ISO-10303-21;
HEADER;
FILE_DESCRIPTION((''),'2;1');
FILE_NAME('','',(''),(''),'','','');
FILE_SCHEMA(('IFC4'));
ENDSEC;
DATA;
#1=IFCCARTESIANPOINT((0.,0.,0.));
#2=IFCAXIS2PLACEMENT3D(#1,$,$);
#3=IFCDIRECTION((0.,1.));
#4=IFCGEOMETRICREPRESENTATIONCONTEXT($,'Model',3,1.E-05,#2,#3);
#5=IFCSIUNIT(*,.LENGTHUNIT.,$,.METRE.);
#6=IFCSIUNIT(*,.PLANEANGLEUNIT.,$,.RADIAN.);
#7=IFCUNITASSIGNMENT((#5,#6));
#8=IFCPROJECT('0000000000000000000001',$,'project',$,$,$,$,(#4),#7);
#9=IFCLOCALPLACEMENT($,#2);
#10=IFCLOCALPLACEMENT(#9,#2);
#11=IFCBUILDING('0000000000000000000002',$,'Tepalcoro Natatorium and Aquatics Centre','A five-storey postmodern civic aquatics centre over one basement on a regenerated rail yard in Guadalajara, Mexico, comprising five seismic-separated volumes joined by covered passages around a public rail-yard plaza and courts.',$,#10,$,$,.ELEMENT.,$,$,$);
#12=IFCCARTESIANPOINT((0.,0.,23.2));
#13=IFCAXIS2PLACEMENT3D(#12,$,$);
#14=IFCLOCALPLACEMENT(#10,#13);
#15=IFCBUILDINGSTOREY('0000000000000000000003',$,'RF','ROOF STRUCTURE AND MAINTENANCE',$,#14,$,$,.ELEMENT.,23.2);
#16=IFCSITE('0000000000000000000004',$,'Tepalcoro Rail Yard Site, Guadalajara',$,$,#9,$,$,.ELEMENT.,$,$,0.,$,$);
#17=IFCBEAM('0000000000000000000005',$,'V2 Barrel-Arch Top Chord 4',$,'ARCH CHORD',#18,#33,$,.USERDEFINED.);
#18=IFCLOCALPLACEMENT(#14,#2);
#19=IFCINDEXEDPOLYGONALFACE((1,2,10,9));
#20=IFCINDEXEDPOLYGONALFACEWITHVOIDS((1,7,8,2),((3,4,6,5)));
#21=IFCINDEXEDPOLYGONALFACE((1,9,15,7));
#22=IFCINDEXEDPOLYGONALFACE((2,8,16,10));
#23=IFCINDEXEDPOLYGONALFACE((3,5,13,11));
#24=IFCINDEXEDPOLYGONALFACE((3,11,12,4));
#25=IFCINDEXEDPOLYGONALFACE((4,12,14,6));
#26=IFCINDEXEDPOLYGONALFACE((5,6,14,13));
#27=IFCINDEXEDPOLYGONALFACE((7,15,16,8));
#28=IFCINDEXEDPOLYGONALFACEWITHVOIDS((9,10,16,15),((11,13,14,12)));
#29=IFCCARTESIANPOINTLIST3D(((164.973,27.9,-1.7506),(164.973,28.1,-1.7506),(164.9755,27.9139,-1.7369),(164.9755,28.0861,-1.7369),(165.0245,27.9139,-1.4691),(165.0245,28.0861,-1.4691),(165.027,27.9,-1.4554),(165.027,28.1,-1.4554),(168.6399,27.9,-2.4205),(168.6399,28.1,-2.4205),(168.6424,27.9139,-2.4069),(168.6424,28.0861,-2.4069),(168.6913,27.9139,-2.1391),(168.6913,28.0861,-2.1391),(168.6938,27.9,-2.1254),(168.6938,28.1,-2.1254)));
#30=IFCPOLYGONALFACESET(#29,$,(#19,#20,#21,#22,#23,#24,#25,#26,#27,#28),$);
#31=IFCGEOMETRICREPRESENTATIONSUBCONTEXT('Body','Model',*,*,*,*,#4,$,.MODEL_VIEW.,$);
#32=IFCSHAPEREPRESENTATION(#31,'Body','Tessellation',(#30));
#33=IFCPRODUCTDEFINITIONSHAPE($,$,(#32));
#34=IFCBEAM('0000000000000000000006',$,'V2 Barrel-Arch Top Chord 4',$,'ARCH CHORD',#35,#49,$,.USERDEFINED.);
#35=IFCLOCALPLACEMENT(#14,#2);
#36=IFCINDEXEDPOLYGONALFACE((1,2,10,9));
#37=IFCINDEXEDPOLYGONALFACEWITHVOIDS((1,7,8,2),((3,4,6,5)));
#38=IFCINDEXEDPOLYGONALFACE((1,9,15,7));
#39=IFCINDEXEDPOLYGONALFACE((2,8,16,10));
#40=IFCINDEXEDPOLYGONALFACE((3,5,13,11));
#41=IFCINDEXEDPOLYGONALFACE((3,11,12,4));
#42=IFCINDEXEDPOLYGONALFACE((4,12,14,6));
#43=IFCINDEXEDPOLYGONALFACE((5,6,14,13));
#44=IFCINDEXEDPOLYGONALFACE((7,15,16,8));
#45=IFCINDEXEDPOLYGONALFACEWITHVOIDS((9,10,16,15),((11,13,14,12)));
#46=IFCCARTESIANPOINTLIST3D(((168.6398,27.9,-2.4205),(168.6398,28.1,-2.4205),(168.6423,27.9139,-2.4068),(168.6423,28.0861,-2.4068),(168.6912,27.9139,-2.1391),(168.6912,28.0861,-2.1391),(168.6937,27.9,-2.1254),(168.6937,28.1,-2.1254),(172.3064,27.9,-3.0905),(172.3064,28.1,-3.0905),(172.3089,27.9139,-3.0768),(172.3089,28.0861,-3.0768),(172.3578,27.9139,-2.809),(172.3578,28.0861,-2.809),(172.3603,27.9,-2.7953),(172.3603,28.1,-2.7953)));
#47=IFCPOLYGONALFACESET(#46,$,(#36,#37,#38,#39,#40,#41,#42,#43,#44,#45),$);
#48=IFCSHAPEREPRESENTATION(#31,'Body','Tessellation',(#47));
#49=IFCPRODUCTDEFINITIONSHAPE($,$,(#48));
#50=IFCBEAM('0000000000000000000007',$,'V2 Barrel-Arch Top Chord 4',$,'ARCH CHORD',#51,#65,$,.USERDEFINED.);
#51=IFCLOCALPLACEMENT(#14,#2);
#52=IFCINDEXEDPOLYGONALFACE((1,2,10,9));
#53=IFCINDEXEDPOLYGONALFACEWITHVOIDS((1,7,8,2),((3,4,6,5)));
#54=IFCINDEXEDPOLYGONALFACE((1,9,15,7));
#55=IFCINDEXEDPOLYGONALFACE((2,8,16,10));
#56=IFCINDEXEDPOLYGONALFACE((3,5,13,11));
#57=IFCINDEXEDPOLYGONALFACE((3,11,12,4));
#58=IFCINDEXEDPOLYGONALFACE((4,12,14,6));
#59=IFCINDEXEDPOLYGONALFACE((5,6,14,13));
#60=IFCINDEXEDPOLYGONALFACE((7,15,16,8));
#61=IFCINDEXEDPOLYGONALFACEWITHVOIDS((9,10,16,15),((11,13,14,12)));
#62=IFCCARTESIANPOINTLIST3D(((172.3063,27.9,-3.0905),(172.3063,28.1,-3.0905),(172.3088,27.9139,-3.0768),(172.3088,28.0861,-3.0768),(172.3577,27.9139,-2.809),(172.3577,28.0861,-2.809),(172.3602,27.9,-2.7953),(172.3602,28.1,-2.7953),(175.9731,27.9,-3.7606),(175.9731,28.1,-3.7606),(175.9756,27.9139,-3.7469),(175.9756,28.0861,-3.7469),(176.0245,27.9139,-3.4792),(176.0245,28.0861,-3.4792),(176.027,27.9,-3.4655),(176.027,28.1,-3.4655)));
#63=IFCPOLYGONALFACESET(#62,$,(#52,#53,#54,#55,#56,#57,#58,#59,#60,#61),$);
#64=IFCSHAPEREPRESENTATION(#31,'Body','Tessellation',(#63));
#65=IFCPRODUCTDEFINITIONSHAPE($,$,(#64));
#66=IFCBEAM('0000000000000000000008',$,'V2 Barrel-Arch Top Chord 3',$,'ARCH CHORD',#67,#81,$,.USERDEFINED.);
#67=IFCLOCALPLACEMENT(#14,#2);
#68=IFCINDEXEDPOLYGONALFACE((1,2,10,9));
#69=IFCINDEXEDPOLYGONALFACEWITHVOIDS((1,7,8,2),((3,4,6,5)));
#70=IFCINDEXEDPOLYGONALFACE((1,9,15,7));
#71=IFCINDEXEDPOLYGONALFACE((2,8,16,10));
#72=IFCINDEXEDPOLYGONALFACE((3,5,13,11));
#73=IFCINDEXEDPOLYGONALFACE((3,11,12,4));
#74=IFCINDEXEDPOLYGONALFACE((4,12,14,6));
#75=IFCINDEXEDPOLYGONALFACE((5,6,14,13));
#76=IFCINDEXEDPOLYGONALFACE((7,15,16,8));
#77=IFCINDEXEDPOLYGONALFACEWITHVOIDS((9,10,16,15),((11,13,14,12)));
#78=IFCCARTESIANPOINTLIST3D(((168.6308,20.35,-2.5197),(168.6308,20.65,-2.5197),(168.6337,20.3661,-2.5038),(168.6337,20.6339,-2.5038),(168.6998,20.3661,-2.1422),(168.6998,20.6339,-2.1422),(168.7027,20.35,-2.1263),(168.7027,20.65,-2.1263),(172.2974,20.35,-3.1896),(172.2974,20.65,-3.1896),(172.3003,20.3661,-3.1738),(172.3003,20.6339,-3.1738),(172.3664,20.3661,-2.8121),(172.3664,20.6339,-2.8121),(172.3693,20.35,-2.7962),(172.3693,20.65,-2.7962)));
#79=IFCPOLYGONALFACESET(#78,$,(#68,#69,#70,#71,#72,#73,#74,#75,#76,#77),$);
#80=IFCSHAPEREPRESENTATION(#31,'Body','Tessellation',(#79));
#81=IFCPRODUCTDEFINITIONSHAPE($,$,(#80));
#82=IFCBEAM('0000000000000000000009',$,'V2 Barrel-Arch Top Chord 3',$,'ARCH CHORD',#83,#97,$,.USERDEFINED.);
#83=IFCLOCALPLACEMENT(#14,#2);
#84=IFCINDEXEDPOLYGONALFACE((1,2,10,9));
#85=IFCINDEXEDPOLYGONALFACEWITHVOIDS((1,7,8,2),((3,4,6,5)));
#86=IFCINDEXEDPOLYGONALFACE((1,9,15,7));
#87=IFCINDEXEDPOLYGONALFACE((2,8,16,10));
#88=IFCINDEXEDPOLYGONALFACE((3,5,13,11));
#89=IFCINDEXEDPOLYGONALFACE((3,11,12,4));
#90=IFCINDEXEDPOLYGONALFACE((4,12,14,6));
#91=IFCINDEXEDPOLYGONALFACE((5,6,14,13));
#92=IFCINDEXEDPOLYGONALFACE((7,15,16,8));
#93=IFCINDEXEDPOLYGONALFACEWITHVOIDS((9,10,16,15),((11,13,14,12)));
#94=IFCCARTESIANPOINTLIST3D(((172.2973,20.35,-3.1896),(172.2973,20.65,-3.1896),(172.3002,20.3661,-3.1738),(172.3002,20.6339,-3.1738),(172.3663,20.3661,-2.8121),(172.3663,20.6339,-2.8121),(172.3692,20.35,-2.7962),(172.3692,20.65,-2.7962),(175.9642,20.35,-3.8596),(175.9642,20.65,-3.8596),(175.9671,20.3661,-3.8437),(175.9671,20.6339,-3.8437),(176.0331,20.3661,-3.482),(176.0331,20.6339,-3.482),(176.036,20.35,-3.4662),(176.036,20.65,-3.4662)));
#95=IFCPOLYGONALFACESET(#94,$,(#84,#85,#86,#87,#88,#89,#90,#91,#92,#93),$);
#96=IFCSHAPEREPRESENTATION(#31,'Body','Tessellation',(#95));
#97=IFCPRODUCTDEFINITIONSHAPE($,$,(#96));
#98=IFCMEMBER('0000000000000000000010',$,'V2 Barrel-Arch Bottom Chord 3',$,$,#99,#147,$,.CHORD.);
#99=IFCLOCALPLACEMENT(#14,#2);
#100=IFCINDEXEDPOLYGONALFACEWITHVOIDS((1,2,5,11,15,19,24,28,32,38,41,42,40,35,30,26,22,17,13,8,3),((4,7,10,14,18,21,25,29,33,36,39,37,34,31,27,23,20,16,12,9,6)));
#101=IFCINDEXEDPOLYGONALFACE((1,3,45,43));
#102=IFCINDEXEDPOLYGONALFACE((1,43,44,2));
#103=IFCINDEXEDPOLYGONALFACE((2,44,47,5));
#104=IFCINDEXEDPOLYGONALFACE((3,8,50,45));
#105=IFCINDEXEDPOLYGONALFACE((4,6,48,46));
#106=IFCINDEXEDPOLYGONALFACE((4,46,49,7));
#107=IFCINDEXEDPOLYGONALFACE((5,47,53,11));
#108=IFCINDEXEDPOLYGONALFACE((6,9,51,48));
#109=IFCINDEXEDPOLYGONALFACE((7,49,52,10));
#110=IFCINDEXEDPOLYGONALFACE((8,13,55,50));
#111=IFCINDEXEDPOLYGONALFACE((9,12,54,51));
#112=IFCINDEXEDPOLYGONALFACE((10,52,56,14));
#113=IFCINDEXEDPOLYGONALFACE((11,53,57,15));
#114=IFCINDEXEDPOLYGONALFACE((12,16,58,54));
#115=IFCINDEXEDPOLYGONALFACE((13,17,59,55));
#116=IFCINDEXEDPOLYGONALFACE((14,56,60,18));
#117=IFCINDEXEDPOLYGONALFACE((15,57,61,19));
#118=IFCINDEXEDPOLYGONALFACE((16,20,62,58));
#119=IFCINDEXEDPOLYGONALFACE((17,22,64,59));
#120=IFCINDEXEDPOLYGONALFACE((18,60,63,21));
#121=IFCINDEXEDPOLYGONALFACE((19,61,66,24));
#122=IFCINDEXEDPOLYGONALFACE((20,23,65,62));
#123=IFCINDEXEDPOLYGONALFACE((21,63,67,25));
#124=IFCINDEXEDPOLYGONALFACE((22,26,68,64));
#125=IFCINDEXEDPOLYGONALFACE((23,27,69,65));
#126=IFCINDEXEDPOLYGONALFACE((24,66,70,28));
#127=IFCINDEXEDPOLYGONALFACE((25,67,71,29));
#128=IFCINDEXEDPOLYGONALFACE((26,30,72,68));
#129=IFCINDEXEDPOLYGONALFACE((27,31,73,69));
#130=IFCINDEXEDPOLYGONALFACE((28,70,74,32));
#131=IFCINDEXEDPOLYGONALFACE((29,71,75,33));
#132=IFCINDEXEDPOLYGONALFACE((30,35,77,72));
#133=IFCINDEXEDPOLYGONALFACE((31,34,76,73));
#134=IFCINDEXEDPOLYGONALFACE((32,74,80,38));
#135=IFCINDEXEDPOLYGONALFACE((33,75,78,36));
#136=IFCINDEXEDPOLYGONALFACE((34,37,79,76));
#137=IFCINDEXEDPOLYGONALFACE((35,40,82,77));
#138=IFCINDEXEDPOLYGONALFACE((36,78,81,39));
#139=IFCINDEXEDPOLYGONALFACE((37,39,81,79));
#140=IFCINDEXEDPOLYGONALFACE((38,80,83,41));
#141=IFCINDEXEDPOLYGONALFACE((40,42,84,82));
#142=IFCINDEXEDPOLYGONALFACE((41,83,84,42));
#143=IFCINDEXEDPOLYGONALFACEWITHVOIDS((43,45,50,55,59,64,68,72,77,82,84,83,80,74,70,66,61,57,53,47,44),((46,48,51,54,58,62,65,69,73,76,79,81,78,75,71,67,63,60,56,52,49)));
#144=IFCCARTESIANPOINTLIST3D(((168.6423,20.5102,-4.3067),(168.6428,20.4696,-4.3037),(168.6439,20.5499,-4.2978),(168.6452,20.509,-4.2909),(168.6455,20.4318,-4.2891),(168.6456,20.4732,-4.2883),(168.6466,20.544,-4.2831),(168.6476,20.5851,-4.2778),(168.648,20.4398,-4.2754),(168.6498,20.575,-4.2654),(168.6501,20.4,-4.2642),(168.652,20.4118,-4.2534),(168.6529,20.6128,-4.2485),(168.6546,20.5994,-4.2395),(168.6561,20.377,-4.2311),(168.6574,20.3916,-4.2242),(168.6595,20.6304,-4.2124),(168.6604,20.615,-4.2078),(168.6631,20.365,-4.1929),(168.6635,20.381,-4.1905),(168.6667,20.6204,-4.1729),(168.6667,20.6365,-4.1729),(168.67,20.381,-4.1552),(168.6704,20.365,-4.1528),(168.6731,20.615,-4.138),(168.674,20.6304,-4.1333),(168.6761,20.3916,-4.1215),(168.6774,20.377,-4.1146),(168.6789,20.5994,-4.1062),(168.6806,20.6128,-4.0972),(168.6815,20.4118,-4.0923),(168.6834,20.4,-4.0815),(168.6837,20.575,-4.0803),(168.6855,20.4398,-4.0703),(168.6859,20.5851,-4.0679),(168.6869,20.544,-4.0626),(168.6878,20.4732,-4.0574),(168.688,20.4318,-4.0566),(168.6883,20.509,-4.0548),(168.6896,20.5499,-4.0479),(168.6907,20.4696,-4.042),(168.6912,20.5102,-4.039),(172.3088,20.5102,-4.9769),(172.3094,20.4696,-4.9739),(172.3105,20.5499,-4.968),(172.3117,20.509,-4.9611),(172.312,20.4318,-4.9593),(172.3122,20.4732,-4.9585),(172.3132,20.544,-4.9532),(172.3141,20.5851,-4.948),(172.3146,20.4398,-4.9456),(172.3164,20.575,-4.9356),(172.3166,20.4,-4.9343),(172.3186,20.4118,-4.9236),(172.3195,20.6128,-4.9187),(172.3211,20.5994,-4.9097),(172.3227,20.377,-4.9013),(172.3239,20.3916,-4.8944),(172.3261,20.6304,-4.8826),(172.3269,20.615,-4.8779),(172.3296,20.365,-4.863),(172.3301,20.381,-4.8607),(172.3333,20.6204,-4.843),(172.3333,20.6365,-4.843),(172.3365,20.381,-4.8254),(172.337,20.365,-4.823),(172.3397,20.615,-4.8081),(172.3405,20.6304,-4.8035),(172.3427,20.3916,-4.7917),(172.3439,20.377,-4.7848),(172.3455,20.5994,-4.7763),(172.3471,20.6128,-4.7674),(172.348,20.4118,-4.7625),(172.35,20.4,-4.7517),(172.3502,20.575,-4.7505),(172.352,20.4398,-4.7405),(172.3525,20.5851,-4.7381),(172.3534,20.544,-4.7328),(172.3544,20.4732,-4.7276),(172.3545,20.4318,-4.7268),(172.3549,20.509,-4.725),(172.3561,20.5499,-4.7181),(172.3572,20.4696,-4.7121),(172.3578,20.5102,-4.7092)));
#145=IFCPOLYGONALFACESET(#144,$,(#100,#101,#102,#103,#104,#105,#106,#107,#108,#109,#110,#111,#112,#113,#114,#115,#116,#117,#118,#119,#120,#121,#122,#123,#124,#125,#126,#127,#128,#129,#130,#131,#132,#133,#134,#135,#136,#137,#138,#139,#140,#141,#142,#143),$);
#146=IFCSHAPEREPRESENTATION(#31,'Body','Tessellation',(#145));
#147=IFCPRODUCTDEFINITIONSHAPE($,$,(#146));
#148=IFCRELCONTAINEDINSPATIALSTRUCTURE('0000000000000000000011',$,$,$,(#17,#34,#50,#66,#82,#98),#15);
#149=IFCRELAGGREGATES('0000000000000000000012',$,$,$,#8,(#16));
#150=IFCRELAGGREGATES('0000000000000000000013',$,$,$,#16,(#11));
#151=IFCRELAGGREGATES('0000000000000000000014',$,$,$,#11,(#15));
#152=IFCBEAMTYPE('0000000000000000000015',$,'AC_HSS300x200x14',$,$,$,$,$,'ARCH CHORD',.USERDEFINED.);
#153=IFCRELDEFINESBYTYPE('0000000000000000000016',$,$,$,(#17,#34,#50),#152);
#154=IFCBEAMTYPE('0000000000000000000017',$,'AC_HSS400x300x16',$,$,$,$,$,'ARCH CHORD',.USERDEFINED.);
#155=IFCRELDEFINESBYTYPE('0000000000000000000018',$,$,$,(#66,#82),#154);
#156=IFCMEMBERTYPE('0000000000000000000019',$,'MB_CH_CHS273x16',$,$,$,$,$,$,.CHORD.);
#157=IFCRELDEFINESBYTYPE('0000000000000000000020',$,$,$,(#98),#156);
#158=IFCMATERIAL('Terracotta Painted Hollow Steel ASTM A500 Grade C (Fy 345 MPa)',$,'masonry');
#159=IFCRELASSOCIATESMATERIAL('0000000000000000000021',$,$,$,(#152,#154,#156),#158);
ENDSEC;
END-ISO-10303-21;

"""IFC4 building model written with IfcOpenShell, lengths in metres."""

from ifc_helpers import new_model, si_unit, direction, frame, origin, origin_2d, place, context, subcontext, project, spatial, hollow_rectangle, hollow_circle, extrude, material, material_profile, profile_set, type_object, element, save


model = new_model("IFC4")

# Units and contexts
model_context = context("Model", 3, precision=1e-05, world=origin(), true_north=direction((0.0, 1.0)))
body_context = subcontext(model_context, "Body", "Model", "MODEL_VIEW")
ifc_project = project(units=[si_unit("LENGTHUNIT", "METRE"), si_unit("PLANEANGLEUNIT", "RADIAN")], contexts=[model_context])

# Site, building, storey
site_placement = place(None, origin())
site = spatial("IfcSite", under=ifc_project, at=site_placement, Name="Tepalcoro Rail Yard Site, Guadalajara", CompositionType="ELEMENT", RefElevation=0.0)
building_placement = place(site_placement, origin())
building = spatial("IfcBuilding", under=site, at=building_placement, Name="Tepalcoro Natatorium and Aquatics Centre", Description="A five-storey postmodern civic aquatics centre over one basement on a regenerated rail yard in Guadalajara, Mexico, comprising five seismic-separated volumes joined by covered passages around a public rail-yard plaza and courts.", CompositionType="ELEMENT")
storey_placement = place(building_placement, frame((0.0, 0.0, 23.2)))
storey = spatial("IfcBuildingStorey", under=building, at=storey_placement, Name="RF", Description="ROOF STRUCTURE AND MAINTENANCE", CompositionType="ELEMENT", Elevation=23.2)

# Beams
ifc_material_1 = material(Name="Terracotta Painted Hollow Steel ASTM A500 Grade C (Fy 345 MPa)", Category="masonry")
ifc_material_profile_1 = material_profile(ifc_material_1, hollow_rectangle(XDim=0.2, YDim=0.3, WallThickness=0.0139, at=origin_2d()), Name="HSS300X200X14")
ifc_profile_set_1 = profile_set([ifc_material_profile_1], Name="Terracotta Painted Hollow Steel ASTM A500 Grade C (Fy 345 MPa)")
beam_type_1 = type_object("IfcBeamType", Name="AC_HSS300x200x14", ElementType="ARCH CHORD", PredefinedType="USERDEFINED", material=ifc_profile_set_1)
beam_1_placement = place(storey_placement, frame((165.0, 28.0, -1.603), z_axis=(0.983717, 0.0, -0.179727), x_axis=(0.0, 1.0, 0.0)))
element("IfcBeam", 1, at=beam_1_placement, inside=storey, type_object=beam_type_1, Name="V2 Barrel-Arch Top Chord 4", ObjectType="ARCH CHORD", PredefinedType="USERDEFINED", context=body_context, shape_type="SweptSolid", body=[
    extrude(hollow_rectangle(XDim=0.2, YDim=0.3, WallThickness=0.0139, at=origin_2d()), origin(), (0.0, 0.0, 1.0), 3.7275),
])
beam_2_placement = place(storey_placement, frame((168.6667, 28.0, -2.2729), z_axis=(0.983714, 0.0, -0.179738), x_axis=(0.0, 1.0, 0.0)))
element("IfcBeam", 2, at=beam_2_placement, inside=storey, type_object=beam_type_1, Name="V2 Barrel-Arch Top Chord 4", ObjectType="ARCH CHORD", PredefinedType="USERDEFINED", context=body_context, shape_type="SweptSolid", body=[
    extrude(hollow_rectangle(XDim=0.2, YDim=0.3, WallThickness=0.0139, at=origin_2d()), origin(), (0.0, 0.0, 1.0), 3.7273),
])
beam_3_placement = place(storey_placement, frame((172.3333, 28.0, -2.9429), z_axis=(0.983705, 0.0, -0.17979), x_axis=(0.0, 1.0, 0.0)))
element("IfcBeam", 3, at=beam_3_placement, inside=storey, type_object=beam_type_1, Name="V2 Barrel-Arch Top Chord 4", ObjectType="ARCH CHORD", PredefinedType="USERDEFINED", context=body_context, shape_type="SweptSolid", body=[
    extrude(hollow_rectangle(XDim=0.2, YDim=0.3, WallThickness=0.0139, at=origin_2d()), origin(), (0.0, 0.0, 1.0), 3.7275),
])
ifc_material_profile_2 = material_profile(ifc_material_1, hollow_rectangle(XDim=0.3, YDim=0.3999, WallThickness=0.0161, at=origin_2d()), Name="HSS400X300X16")
ifc_profile_set_2 = profile_set([ifc_material_profile_2], Name="Terracotta Painted Hollow Steel ASTM A500 Grade C (Fy 345 MPa)")
beam_type_2 = type_object("IfcBeamType", Name="AC_HSS400x300x16", ElementType="ARCH CHORD", PredefinedType="USERDEFINED", material=ifc_profile_set_2)
beam_4_placement = place(storey_placement, frame((168.6667, 20.5, -2.323), z_axis=(0.983714, 0.0, -0.179738), x_axis=(0.0, 1.0, 0.0)))
element("IfcBeam", 4, at=beam_4_placement, inside=storey, type_object=beam_type_2, Name="V2 Barrel-Arch Top Chord 3", ObjectType="ARCH CHORD", PredefinedType="USERDEFINED", context=body_context, shape_type="SweptSolid", body=[
    extrude(hollow_rectangle(XDim=0.3, YDim=0.3999, WallThickness=0.0161, at=origin_2d()), origin(), (0.0, 0.0, 1.0), 3.7273),
])
beam_5_placement = place(storey_placement, frame((172.3333, 20.5, -2.9929), z_axis=(0.983717, 0.0, -0.179727), x_axis=(0.0, 1.0, 0.0)))
element("IfcBeam", 5, at=beam_5_placement, inside=storey, type_object=beam_type_2, Name="V2 Barrel-Arch Top Chord 3", ObjectType="ARCH CHORD", PredefinedType="USERDEFINED", context=body_context, shape_type="SweptSolid", body=[
    extrude(hollow_rectangle(XDim=0.3, YDim=0.3999, WallThickness=0.0161, at=origin_2d()), origin(), (0.0, 0.0, 1.0), 3.7275),
])

# Member
ifc_material_profile_3 = material_profile(ifc_material_1, hollow_circle(Radius=0.1365, WallThickness=0.0161, at=origin_2d()), Name="CHS273X16")
ifc_profile_set_3 = profile_set([ifc_material_profile_3], Name="Terracotta Painted Hollow Steel ASTM A500 Grade C (Fy 345 MPa)")
member_type_1 = type_object("IfcMemberType", Name="MB_CH_CHS273x16", PredefinedType="CHORD", material=ifc_profile_set_3)
member_1_placement = place(storey_placement, frame((168.6667, 20.5, -4.1729), z_axis=(0.983703, 0.0, -0.179802), x_axis=(0.0, 1.0, 0.0)))
element("IfcMember", 6, at=member_1_placement, inside=storey, type_object=member_type_1, Name="V2 Barrel-Arch Bottom Chord 3", PredefinedType="CHORD", context=body_context, shape_type="SweptSolid", body=[
    extrude(hollow_circle(Radius=0.1365, WallThickness=0.0161, at=origin_2d()), origin(), (0.0, 0.0, 1.0), 3.7273),
])

save(model, "model.ifc")
